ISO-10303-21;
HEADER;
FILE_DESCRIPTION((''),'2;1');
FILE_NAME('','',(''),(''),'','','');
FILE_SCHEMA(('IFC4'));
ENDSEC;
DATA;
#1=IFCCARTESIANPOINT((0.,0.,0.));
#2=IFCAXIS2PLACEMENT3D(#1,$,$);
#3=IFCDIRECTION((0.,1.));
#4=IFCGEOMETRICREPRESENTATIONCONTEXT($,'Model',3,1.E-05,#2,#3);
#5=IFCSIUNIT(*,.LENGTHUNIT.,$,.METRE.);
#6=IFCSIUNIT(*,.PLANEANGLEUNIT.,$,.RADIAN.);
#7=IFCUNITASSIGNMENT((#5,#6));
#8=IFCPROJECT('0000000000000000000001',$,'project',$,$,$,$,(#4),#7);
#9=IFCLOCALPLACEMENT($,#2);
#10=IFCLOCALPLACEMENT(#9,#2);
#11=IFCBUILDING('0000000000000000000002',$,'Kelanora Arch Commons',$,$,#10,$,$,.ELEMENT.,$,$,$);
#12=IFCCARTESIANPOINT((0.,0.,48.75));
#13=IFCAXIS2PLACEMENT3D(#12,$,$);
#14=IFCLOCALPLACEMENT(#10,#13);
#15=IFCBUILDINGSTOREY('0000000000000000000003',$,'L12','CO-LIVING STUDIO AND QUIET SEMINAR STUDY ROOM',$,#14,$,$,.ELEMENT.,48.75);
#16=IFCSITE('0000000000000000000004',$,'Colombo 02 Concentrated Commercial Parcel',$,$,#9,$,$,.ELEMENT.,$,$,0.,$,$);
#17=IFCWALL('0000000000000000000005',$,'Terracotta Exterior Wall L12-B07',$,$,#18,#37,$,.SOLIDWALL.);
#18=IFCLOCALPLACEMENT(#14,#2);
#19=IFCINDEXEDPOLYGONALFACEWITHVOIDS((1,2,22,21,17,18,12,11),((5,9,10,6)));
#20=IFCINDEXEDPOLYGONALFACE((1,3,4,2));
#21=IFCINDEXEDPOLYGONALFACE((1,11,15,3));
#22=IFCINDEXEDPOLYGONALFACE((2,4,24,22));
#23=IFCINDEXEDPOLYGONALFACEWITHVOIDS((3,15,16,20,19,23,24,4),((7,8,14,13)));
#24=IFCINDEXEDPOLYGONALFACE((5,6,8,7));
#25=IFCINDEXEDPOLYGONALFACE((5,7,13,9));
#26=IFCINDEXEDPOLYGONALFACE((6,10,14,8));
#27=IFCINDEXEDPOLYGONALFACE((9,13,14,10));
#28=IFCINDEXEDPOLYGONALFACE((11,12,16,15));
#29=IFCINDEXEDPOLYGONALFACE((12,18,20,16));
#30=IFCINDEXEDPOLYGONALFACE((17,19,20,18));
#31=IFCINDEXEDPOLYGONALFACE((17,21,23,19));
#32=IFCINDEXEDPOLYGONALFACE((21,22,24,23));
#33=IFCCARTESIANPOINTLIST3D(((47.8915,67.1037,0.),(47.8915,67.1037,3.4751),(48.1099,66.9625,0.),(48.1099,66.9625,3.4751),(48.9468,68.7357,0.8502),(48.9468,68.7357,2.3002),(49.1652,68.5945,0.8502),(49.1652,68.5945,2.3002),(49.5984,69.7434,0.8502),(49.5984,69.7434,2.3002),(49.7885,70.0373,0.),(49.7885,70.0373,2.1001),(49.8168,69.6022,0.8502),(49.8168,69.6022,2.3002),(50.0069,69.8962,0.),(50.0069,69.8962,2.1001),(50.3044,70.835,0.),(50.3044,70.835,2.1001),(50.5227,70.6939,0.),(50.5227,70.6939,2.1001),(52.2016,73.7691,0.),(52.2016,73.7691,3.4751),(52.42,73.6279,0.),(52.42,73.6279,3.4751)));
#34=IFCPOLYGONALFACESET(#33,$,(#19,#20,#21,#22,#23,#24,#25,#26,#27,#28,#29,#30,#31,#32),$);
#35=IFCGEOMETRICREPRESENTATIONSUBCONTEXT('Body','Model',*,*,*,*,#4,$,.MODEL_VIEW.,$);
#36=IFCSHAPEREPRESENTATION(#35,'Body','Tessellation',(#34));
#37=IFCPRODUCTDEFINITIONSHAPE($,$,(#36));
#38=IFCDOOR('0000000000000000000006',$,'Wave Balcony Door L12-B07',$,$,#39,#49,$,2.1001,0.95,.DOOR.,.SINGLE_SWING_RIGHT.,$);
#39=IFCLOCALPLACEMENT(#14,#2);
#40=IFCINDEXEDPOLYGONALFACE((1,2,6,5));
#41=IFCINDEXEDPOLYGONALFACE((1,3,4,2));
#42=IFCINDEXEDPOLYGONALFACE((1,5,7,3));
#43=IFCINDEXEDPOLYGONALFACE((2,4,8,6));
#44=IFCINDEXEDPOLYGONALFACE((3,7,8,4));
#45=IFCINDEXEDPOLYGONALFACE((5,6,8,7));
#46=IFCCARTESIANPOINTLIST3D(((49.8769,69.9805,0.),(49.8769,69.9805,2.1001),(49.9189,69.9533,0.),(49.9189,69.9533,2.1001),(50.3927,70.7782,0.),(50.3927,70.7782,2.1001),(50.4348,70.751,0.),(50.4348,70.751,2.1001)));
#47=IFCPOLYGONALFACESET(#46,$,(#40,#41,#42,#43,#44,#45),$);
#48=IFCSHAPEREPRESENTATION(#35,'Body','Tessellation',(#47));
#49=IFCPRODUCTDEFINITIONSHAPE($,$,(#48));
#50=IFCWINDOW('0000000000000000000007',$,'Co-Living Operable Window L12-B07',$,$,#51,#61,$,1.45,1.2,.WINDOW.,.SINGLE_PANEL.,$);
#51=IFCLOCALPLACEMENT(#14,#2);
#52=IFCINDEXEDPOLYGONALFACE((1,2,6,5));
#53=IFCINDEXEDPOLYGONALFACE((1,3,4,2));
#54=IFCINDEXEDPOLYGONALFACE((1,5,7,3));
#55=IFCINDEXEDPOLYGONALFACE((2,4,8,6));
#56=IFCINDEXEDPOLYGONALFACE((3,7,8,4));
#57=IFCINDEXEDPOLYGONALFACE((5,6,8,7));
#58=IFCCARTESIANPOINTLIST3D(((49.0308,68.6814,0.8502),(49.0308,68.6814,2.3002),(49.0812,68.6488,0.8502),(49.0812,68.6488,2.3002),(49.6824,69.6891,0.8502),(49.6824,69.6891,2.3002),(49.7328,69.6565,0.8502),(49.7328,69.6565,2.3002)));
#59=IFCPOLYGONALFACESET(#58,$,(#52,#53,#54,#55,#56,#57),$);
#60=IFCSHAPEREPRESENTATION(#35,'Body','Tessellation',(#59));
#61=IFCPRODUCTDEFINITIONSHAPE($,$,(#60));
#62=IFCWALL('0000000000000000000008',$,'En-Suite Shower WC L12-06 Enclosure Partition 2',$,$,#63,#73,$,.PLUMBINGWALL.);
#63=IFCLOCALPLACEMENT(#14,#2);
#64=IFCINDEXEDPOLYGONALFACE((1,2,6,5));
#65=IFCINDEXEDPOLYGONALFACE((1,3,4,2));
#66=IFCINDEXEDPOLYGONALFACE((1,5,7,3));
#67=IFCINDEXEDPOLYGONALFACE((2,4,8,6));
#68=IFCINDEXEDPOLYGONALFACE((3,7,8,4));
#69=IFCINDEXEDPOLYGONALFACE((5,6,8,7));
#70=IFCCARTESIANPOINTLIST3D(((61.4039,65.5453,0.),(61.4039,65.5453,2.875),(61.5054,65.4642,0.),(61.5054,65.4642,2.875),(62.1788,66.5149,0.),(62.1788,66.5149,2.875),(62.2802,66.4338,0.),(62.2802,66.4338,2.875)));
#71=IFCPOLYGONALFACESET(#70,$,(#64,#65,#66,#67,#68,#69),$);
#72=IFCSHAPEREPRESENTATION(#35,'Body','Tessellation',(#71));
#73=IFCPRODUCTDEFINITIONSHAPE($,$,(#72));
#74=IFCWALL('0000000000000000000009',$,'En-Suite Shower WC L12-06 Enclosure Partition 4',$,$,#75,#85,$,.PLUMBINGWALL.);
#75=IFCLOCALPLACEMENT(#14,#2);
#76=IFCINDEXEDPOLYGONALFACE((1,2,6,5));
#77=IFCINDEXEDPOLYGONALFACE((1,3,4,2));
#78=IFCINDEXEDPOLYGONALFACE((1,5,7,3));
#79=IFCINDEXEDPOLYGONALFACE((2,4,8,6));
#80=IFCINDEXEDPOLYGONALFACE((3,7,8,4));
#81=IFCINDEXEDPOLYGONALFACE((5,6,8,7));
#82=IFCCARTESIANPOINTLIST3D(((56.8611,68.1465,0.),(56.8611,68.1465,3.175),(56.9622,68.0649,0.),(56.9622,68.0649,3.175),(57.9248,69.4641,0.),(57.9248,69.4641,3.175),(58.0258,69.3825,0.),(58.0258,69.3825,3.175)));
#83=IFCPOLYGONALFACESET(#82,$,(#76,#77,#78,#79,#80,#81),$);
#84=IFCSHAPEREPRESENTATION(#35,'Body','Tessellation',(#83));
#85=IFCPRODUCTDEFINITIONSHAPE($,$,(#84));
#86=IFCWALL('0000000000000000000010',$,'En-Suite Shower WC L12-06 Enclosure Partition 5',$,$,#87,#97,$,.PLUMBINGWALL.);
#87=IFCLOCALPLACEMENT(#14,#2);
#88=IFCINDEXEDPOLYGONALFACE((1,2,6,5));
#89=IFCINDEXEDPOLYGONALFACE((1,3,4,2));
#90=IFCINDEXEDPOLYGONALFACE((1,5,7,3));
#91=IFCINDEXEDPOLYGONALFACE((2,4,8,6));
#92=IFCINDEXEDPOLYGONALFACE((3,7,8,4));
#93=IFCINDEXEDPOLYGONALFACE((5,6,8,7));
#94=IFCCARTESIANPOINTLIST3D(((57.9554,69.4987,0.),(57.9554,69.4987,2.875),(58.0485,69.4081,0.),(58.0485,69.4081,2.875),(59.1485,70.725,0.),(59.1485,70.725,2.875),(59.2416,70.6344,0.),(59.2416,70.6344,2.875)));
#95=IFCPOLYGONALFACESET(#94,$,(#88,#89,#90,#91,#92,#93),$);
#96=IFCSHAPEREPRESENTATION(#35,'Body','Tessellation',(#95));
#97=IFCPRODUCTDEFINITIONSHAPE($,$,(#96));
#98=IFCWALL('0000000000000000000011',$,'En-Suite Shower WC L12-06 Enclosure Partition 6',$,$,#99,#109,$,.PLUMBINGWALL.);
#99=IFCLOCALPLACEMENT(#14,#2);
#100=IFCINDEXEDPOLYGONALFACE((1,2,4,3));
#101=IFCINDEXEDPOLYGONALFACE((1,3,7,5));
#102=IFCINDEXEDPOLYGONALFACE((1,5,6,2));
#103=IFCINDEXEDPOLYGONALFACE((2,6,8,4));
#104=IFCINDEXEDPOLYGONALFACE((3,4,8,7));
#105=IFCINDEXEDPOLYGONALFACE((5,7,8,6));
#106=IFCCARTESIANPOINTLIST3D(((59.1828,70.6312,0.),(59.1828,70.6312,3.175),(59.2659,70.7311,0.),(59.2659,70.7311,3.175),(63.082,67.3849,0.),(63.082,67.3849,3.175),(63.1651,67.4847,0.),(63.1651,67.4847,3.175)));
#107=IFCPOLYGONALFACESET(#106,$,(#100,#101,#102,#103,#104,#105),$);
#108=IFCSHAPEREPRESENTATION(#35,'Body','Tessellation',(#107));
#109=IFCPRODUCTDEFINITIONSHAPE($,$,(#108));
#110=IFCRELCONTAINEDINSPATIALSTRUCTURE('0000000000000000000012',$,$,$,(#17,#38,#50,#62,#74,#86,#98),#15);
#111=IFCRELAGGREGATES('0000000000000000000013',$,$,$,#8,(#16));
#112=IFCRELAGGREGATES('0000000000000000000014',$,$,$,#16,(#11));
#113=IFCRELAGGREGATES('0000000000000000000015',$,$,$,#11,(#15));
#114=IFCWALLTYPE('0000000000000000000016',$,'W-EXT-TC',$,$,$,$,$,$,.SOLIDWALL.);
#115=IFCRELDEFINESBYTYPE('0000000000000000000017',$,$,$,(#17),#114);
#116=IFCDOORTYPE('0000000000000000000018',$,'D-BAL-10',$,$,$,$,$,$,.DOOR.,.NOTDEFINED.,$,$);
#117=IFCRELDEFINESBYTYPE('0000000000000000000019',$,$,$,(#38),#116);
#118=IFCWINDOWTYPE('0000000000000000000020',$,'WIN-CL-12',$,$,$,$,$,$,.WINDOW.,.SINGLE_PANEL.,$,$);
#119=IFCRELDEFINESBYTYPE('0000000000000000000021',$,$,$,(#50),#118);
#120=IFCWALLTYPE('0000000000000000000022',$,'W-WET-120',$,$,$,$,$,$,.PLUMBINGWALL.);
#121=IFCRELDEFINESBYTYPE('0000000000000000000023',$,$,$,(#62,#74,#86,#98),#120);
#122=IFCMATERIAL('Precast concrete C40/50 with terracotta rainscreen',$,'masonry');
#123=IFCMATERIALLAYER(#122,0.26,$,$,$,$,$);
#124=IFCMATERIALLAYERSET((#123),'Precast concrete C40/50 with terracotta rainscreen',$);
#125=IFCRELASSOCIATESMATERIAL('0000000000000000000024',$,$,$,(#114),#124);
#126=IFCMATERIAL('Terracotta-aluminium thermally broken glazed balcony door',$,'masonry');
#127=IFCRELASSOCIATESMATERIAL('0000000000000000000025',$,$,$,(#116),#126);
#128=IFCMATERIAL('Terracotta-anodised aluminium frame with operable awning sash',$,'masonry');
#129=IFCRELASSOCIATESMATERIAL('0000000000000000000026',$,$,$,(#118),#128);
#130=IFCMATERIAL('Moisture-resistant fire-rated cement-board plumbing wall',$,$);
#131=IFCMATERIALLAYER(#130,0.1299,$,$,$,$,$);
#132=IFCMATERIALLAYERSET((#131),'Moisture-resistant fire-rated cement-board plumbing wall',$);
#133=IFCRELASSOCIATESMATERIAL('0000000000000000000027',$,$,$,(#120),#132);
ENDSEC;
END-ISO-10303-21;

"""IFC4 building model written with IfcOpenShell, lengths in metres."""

from ifc_helpers import new_model, si_unit, direction, frame, frame_2d, origin, place, context, subcontext, project, spatial, rectangle, extrude, material, layer, layer_set, type_object, element, fill, save


model = new_model("IFC4")

# Units and contexts
model_context = context("Model", 3, precision=1e-05, world=origin(), true_north=direction((0.0, 1.0)))
body_context = subcontext(model_context, "Body", "Model", "MODEL_VIEW")
ifc_project = project(units=[si_unit("LENGTHUNIT", "METRE"), si_unit("PLANEANGLEUNIT", "RADIAN")], contexts=[model_context])

# Site, building, storey
site_placement = place(None, origin())
site = spatial("IfcSite", under=ifc_project, at=site_placement, Name="Colombo 02 Concentrated Commercial Parcel", CompositionType="ELEMENT", RefElevation=0.0)
building_placement = place(site_placement, origin())
building = spatial("IfcBuilding", under=site, at=building_placement, Name="Kelanora Arch Commons", CompositionType="ELEMENT")
storey_placement = place(building_placement, frame((0.0, 0.0, 48.75)))
storey = spatial("IfcBuildingStorey", under=building, at=storey_placement, Name="L12", Description="CO-LIVING STUDIO AND QUIET SEMINAR STUDY ROOM", CompositionType="ELEMENT", Elevation=48.75)

# Shared definitions
ifc_material_1 = material(Name="Precast concrete C40/50 with terracotta rainscreen", Category="masonry")
ifc_layer_1 = layer(ifc_material_1, 0.26)
ifc_layer_set_1 = layer_set([ifc_layer_1], Name="Precast concrete C40/50 with terracotta rainscreen")
wall_type_1 = type_object("IfcWallType", Name="W-EXT-TC", PredefinedType="SOLIDWALL", material=ifc_layer_set_1)

# Wall, openings, door, window
wall_1_placement = place(storey_placement, frame((52.3108, 73.6985, 0.0), z_axis=(0.0, 0.0, 1.0), x_axis=(-0.543005, -0.839729, 0.0)))
wall_1 = element("IfcWall", 1, at=wall_1_placement, inside=storey, type_object=wall_type_1, Name="Terracotta Exterior Wall L12-B07", PredefinedType="SOLIDWALL", context=body_context, shape_type="SweptSolid", body=[
    extrude(rectangle(XDim=7.9375, YDim=0.26, at=frame_2d((3.9688, 0.0))), origin(), (0.0, 0.0, 1.0), 3.4751),
])
opening_1_placement = place(wall_1_placement, frame((3.4939, 0.0, 0.0)))
opening_1 = element("IfcOpeningElement", 2, at=opening_1_placement, cuts=wall_1, PredefinedType="OPENING", context=body_context, shape_type="SweptSolid", body=[
    extrude(rectangle(XDim=0.95, YDim=2.1001, at=frame_2d((0.4751, 1.05))), frame((0.0, 0.1401, 0.0), z_axis=(0.0, -1.0, 0.0), x_axis=(1.0, 0.0, 0.0)), (0.0, 0.0, 1.0), 0.28),
])
opening_2_placement = place(wall_1_placement, frame((4.7939, 0.0, 0.8501)))
opening_2 = element("IfcOpeningElement", 3, at=opening_2_placement, cuts=wall_1, PredefinedType="OPENING", context=body_context, shape_type="SweptSolid", body=[
    extrude(rectangle(XDim=1.2, YDim=1.45, at=frame_2d((0.6001, 0.7251))), frame((0.0, 0.1401, 0.0), z_axis=(0.0, -1.0, 0.0), x_axis=(1.0, 0.0, 0.0)), (0.0, 0.0, 1.0), 0.28),
])
ifc_material_2 = material(Name="Terracotta-aluminium thermally broken glazed balcony door", Category="masonry")
door_type = type_object("IfcDoorType", Name="D-BAL-10", OperationType="NOTDEFINED", PredefinedType="DOOR", material=ifc_material_2)
door_placement = place(opening_1_placement, frame((0.95, 0.0, 0.0), z_axis=(0.0, 0.0, 1.0), x_axis=(-1.0, 0.0, 0.0)))
door = element("IfcDoor", 4, at=door_placement, inside=storey, type_object=door_type, Name="Wave Balcony Door L12-B07", OperationType="SINGLE_SWING_RIGHT", OverallHeight=2.1001, OverallWidth=0.95, PredefinedType="DOOR", context=body_context, shape_type="SweptSolid", body=[
    extrude(rectangle(XDim=0.95, YDim=2.1001, at=frame_2d((0.4751, 1.05))), frame((0.0, 0.0249, 0.0), z_axis=(0.0, -1.0, 0.0), x_axis=(1.0, 0.0, 0.0)), (0.0, 0.0, 1.0), 0.05),
])
fill(opening_1, door)
ifc_material_3 = material(Name="Terracotta-anodised aluminium frame with operable awning sash", Category="masonry")
window_type_1 = type_object("IfcWindowType", Name="WIN-CL-12", PartitioningType="SINGLE_PANEL", PredefinedType="WINDOW", material=ifc_material_3)
window_1_placement = place(opening_2_placement, origin())
window_1 = element("IfcWindow", 5, at=window_1_placement, inside=storey, type_object=window_type_1, Name="Co-Living Operable Window L12-B07", OverallHeight=1.45, OverallWidth=1.2, PartitioningType="SINGLE_PANEL", PredefinedType="WINDOW", context=body_context, shape_type="SweptSolid", body=[
    extrude(rectangle(XDim=1.2, YDim=1.45, at=frame_2d((0.6001, 0.7251))), frame((0.0, 0.03, 0.0), z_axis=(0.0, -1.0, 0.0), x_axis=(1.0, 0.0, 0.0)), (0.0, 0.0, 1.0), 0.0601),
])
fill(opening_2, window_1)

# Walls
ifc_material_4 = material(Name="Moisture-resistant fire-rated cement-board plumbing wall")
ifc_layer_2 = layer(ifc_material_4, 0.1299)
ifc_layer_set_2 = layer_set([ifc_layer_2], Name="Moisture-resistant fire-rated cement-board plumbing wall")
wall_type_2 = type_object("IfcWallType", Name="W-WET-120", PredefinedType="PLUMBINGWALL", material=ifc_layer_set_2)
wall_2_placement = place(storey_placement, frame((62.2295, 66.4744, 0.0), z_axis=(0.0, 0.0, 1.0), x_axis=(-0.624263, -0.781214, 0.0)))
element("IfcWall", 6, at=wall_2_placement, inside=storey, type_object=wall_type_2, Name="En-Suite Shower WC L12-06 Enclosure Partition 2", PredefinedType="PLUMBINGWALL", context=body_context, shape_type="SweptSolid", body=[
    extrude(rectangle(XDim=1.2412, YDim=0.1299, at=frame_2d((0.6206, 0.0))), origin(), (0.0, 0.0, 1.0), 2.875),
])
wall_3_placement = place(storey_placement, frame((56.9116, 68.1057, 0.0), z_axis=(0.0, 0.0, 1.0), x_axis=(0.628153, 0.77809, 0.0)))
element("IfcWall", 7, at=wall_3_placement, inside=storey, type_object=wall_type_2, Name="En-Suite Shower WC L12-06 Enclosure Partition 4", PredefinedType="PLUMBINGWALL", context=body_context, shape_type="SweptSolid", body=[
    extrude(rectangle(XDim=1.6934, YDim=0.1299, at=frame_2d((0.8467, 0.0))), origin(), (0.0, 0.0, 1.0), 3.175),
])
wall_4_placement = place(storey_placement, frame((58.002, 69.4534, 0.0), z_axis=(0.0, 0.0, 1.0), x_axis=(0.697337, 0.716743, 0.0)))
element("IfcWall", 8, at=wall_4_placement, inside=storey, type_object=wall_type_2, Name="En-Suite Shower WC L12-06 Enclosure Partition 5", PredefinedType="PLUMBINGWALL", context=body_context, shape_type="SweptSolid", body=[
    extrude(rectangle(XDim=1.7109, YDim=0.1299, at=frame_2d((0.8555, 0.0))), origin(), (0.0, 0.0, 1.0), 2.875),
])
wall_5_placement = place(storey_placement, frame((59.2244, 70.6812, 0.0), z_axis=(0.0, 0.0, 1.0), x_axis=(0.768509, -0.639839, 0.0)))
element("IfcWall", 9, at=wall_5_placement, inside=storey, type_object=wall_type_2, Name="En-Suite Shower WC L12-06 Enclosure Partition 6", PredefinedType="PLUMBINGWALL", context=body_context, shape_type="SweptSolid", body=[
    extrude(rectangle(XDim=5.0737, YDim=0.1299, at=frame_2d((2.5369, 0.0))), origin(), (0.0, 0.0, 1.0), 3.175),
])

save(model, "model.ifc")
